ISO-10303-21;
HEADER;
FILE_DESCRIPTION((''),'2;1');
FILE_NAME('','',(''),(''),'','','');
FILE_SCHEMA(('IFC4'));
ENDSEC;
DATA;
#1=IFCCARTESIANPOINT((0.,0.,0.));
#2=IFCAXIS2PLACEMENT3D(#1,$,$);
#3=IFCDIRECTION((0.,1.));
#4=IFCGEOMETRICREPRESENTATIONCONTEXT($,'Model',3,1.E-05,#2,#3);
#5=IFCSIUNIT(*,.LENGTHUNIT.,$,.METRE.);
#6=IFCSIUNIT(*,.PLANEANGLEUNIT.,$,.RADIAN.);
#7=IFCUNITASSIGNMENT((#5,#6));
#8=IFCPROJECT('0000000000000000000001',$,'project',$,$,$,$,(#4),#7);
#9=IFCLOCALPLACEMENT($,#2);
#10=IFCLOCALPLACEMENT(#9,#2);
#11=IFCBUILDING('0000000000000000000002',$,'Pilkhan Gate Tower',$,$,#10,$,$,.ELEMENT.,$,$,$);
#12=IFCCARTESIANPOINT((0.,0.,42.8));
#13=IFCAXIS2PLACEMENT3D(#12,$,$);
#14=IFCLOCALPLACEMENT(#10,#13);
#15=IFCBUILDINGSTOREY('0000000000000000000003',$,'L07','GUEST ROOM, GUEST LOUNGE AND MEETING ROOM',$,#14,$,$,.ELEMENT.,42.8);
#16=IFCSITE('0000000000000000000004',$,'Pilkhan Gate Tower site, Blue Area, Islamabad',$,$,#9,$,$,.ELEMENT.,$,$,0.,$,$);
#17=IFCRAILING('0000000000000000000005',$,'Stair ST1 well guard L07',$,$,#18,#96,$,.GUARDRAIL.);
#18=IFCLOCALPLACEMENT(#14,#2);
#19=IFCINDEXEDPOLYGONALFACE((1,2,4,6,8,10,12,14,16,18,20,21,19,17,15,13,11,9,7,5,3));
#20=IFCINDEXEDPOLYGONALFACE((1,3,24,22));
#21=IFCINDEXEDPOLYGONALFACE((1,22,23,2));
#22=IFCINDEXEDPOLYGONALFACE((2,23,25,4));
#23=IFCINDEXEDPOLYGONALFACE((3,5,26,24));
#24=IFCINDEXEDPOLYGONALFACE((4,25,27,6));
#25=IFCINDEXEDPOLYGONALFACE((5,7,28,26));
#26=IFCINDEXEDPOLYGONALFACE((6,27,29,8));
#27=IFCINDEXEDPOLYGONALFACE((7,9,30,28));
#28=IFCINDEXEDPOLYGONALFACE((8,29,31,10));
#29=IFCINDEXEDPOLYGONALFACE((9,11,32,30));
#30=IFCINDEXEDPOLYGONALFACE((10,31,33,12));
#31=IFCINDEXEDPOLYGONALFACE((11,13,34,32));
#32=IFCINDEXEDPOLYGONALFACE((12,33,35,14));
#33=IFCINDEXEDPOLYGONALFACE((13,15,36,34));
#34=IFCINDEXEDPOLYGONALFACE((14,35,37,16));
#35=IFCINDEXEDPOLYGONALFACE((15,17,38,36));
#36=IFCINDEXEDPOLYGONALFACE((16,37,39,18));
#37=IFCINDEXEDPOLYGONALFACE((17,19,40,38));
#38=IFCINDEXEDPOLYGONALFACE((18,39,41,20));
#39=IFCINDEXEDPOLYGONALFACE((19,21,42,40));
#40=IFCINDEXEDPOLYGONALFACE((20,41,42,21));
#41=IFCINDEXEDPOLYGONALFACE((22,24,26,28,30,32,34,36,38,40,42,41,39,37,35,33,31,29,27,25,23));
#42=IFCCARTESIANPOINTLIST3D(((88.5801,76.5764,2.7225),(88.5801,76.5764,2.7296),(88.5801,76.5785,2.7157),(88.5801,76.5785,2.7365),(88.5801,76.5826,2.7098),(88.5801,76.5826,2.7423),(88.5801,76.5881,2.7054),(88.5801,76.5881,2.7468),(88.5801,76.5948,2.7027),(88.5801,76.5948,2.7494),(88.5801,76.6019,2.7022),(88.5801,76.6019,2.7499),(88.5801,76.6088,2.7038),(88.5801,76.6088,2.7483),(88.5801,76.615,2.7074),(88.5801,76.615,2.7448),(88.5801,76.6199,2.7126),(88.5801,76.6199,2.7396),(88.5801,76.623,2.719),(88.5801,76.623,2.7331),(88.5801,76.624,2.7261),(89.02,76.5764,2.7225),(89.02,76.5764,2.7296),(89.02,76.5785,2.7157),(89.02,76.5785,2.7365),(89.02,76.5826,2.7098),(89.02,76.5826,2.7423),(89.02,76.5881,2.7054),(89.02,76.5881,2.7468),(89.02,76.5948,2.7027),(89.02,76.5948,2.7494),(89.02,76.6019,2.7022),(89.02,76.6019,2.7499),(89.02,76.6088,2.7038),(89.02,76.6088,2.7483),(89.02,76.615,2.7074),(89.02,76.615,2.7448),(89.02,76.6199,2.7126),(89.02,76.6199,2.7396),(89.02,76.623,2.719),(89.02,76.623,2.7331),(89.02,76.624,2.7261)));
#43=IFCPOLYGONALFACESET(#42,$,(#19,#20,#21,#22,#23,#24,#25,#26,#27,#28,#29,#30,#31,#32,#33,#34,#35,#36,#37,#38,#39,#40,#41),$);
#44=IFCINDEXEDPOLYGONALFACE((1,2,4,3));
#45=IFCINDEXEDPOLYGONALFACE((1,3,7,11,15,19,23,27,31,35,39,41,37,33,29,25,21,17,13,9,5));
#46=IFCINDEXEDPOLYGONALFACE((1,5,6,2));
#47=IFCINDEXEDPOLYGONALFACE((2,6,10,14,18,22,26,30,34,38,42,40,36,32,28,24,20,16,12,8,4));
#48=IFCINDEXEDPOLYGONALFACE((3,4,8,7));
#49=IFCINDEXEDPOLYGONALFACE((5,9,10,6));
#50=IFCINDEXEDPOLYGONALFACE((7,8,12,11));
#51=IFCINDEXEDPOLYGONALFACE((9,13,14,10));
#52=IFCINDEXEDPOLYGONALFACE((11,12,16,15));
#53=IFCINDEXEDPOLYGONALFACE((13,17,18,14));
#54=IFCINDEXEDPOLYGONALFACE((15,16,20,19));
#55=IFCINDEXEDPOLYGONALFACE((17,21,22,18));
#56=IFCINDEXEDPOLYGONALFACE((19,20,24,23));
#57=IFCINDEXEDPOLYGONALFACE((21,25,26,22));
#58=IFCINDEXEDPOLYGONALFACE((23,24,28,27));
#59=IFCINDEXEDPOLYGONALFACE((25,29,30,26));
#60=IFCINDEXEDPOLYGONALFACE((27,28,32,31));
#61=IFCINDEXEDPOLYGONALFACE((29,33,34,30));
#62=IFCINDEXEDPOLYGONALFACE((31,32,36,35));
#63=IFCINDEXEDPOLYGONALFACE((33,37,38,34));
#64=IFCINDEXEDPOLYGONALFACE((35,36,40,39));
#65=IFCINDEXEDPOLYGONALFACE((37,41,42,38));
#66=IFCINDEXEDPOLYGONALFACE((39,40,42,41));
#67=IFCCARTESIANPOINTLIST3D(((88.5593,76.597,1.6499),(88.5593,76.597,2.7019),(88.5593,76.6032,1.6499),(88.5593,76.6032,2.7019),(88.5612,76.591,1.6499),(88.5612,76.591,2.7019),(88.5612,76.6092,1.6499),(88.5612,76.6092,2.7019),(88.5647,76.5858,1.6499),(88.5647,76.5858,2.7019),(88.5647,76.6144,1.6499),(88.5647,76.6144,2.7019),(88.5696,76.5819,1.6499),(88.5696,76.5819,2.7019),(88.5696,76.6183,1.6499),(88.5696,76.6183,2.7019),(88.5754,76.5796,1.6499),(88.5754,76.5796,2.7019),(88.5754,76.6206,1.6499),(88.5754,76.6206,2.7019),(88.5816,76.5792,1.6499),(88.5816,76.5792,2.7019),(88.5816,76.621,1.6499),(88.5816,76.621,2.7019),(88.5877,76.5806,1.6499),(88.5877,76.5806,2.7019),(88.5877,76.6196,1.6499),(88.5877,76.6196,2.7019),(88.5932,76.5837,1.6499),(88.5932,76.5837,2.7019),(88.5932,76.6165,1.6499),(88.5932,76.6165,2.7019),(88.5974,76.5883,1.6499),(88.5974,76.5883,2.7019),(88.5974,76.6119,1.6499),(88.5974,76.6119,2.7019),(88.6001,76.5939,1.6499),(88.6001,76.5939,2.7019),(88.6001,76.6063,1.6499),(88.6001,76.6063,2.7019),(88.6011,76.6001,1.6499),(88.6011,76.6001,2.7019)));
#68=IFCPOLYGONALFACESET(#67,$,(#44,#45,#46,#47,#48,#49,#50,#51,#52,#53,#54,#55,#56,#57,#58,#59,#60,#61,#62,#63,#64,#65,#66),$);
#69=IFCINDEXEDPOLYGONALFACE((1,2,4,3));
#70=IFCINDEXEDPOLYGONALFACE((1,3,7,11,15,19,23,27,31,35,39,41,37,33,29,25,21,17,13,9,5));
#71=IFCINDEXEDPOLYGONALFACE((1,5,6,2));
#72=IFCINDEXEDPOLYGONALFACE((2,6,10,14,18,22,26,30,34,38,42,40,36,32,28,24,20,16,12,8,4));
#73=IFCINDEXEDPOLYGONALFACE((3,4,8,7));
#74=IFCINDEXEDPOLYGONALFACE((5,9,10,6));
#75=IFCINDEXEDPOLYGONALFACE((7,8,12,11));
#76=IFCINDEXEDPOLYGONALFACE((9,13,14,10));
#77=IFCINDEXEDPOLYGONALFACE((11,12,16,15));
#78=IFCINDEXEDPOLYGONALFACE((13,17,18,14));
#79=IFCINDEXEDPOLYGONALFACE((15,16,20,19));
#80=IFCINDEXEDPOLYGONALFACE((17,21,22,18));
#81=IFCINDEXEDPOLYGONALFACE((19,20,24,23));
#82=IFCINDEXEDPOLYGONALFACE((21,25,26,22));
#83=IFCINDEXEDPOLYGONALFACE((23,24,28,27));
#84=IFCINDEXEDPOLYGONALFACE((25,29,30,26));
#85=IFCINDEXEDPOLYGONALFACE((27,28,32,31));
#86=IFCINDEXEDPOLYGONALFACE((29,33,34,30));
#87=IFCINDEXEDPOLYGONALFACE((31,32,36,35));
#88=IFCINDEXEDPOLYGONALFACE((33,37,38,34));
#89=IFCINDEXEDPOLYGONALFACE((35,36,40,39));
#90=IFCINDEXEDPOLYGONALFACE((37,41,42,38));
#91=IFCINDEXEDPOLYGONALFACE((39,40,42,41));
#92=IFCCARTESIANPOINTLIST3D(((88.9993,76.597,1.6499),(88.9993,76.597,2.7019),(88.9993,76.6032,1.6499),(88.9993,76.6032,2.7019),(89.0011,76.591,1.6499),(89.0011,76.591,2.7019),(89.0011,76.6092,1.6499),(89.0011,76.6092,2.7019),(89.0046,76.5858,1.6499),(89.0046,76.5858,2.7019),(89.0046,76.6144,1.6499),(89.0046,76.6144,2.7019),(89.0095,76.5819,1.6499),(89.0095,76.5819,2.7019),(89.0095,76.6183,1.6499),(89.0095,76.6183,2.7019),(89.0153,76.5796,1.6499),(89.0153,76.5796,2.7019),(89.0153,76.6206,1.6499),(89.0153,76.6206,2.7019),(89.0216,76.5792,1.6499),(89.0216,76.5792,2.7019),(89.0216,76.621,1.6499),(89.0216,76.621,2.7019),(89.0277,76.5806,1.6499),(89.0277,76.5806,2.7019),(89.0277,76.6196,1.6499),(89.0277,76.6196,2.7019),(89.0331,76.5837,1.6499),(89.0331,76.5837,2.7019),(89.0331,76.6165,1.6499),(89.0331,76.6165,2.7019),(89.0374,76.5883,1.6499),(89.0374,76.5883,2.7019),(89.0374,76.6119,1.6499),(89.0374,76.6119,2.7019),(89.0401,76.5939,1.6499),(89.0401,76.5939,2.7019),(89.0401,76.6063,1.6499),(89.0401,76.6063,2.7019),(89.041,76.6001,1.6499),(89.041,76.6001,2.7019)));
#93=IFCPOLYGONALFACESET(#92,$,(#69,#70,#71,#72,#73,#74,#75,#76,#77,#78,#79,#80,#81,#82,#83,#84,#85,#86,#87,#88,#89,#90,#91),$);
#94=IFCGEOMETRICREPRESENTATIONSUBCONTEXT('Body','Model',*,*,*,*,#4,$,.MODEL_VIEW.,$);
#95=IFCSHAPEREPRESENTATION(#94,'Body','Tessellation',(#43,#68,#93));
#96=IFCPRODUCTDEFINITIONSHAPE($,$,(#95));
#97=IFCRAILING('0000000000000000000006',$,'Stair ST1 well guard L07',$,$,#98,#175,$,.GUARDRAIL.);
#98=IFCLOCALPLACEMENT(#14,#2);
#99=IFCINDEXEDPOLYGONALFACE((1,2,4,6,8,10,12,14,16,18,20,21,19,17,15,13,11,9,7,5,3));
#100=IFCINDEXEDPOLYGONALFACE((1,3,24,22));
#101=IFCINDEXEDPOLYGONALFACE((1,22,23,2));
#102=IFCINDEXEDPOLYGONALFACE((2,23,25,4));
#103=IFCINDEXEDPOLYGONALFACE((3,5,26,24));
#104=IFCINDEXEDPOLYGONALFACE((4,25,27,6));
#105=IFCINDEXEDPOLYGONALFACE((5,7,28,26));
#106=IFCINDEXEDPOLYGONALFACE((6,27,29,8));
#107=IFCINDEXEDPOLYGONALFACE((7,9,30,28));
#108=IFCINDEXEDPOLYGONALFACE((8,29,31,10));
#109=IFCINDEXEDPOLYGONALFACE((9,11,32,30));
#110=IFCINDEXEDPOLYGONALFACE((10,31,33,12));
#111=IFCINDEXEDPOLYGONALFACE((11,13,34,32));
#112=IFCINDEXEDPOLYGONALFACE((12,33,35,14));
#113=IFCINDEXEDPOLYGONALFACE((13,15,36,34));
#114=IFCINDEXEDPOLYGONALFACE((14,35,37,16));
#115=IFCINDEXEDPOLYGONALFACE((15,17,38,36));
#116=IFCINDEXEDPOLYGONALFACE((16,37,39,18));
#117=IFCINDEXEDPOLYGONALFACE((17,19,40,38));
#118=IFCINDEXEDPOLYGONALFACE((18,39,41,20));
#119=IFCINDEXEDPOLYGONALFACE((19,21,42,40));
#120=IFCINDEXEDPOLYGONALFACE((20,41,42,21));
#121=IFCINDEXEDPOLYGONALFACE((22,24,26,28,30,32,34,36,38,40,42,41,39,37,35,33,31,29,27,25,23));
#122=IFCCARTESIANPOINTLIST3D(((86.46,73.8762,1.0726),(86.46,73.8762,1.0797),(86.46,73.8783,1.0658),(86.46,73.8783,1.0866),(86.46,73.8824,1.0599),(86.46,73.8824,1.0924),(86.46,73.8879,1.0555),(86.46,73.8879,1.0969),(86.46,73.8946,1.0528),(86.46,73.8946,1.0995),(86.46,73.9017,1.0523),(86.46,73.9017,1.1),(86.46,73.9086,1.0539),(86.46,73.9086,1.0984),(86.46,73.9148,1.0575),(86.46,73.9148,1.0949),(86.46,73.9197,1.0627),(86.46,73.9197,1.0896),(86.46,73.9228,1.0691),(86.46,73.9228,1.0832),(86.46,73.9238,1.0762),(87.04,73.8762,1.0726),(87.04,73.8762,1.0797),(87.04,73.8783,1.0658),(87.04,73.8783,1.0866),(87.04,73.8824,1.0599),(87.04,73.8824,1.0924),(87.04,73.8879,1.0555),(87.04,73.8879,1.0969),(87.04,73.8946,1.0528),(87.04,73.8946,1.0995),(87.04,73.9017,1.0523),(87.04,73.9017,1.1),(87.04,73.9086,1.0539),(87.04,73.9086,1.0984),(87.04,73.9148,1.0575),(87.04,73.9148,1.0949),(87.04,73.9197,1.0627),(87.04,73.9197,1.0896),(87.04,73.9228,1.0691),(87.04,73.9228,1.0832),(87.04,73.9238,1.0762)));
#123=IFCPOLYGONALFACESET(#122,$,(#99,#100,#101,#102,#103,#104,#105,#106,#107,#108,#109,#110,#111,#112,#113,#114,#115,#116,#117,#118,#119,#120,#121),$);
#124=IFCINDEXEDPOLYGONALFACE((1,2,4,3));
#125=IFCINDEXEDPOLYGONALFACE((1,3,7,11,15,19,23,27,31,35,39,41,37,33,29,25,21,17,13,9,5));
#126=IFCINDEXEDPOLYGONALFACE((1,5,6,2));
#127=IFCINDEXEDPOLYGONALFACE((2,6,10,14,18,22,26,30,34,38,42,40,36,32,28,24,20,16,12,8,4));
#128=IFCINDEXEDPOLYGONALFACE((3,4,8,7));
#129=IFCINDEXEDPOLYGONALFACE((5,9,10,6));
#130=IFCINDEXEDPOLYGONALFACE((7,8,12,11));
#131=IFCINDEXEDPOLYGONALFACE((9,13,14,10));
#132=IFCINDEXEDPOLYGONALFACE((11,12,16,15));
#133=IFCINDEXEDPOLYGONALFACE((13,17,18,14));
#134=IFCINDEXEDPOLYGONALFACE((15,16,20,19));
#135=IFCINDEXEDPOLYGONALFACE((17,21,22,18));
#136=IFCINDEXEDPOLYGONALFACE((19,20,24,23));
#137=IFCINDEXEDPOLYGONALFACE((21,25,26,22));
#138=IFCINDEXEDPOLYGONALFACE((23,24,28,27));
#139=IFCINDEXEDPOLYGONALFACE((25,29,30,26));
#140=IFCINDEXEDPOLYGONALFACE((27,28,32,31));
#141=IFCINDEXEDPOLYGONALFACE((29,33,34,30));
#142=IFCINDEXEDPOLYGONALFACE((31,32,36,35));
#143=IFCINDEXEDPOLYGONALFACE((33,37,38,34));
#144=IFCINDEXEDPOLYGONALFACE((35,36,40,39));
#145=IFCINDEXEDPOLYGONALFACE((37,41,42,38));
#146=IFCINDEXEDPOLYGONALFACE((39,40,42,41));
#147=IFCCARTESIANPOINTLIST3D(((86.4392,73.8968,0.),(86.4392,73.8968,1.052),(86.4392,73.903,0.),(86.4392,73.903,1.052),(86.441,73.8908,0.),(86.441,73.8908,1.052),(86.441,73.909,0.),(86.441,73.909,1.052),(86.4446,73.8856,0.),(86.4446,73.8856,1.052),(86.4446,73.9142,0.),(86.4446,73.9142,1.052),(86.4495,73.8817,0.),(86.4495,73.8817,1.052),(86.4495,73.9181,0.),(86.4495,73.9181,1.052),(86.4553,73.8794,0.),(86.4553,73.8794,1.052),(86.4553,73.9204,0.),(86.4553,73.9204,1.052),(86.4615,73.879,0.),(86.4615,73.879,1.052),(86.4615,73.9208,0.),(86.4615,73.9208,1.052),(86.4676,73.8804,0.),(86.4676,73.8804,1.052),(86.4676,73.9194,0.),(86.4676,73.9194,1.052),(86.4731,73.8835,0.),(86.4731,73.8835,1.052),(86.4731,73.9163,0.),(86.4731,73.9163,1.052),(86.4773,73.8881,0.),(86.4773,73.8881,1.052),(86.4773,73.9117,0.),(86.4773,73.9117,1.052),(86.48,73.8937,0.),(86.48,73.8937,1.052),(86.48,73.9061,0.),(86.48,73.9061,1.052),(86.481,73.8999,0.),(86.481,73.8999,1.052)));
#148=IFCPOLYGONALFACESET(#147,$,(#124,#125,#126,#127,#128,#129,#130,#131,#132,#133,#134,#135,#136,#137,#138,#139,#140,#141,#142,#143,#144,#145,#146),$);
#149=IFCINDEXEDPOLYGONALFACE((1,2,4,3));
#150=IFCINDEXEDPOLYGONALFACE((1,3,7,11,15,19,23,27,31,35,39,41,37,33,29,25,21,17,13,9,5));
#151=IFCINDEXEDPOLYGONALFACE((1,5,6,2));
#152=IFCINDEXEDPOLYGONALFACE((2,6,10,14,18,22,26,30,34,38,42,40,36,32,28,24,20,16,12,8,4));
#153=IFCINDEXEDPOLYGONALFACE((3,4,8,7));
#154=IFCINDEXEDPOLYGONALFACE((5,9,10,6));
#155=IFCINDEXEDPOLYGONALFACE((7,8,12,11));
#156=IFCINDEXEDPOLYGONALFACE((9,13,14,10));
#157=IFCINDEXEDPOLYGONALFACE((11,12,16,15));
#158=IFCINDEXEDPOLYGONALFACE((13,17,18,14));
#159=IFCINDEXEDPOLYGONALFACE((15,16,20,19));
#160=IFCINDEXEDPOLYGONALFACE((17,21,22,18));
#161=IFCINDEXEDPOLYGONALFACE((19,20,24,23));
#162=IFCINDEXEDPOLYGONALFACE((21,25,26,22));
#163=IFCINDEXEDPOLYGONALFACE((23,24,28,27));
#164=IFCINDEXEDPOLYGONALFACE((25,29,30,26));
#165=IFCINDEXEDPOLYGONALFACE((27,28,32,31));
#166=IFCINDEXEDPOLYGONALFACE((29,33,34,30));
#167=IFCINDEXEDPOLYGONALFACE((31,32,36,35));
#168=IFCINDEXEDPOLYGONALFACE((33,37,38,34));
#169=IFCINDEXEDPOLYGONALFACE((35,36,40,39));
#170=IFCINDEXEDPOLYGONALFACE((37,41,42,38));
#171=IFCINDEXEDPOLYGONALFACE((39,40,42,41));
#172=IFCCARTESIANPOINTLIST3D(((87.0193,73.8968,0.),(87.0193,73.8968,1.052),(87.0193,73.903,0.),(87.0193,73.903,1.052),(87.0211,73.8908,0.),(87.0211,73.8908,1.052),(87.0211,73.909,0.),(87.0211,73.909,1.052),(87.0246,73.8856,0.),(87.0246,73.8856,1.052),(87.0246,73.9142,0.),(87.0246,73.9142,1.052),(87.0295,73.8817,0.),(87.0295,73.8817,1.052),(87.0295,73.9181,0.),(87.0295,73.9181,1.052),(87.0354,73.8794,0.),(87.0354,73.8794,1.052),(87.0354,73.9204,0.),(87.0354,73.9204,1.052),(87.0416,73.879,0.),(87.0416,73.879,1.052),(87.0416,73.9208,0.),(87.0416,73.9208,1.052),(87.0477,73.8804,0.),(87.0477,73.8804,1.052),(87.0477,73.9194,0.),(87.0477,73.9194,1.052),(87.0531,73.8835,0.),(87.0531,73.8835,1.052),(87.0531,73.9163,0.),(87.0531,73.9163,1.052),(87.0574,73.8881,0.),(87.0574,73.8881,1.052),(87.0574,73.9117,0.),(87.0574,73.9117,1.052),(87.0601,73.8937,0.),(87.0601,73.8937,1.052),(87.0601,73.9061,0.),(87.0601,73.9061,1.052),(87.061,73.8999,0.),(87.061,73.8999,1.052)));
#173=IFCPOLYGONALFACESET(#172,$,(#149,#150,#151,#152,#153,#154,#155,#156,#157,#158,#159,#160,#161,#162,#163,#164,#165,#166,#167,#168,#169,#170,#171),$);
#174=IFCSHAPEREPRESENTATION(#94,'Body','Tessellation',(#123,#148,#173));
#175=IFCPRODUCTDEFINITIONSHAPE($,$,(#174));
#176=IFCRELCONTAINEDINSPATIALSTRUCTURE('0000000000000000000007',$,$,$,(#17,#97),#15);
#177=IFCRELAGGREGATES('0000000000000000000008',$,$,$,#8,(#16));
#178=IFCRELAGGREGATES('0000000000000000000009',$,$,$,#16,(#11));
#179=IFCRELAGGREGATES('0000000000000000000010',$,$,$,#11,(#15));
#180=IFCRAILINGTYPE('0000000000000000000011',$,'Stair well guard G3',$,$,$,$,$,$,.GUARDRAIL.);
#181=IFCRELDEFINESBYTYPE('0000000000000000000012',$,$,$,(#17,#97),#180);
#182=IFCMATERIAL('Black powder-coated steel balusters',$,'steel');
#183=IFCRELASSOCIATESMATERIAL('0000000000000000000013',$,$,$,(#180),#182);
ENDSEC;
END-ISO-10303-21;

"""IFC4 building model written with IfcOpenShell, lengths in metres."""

from ifc_helpers import new_model, si_unit, direction, frame, origin, origin_2d, place, context, subcontext, project, spatial, circle, extrude, material, type_object, element, save


model = new_model("IFC4")

# Units and contexts
model_context = context("Model", 3, precision=1e-05, world=origin(), true_north=direction((0.0, 1.0)))
body_context = subcontext(model_context, "Body", "Model", "MODEL_VIEW")
ifc_project = project(units=[si_unit("LENGTHUNIT", "METRE"), si_unit("PLANEANGLEUNIT", "RADIAN")], contexts=[model_context])

# Site, building, storey
site_placement = place(None, origin())
site = spatial("IfcSite", under=ifc_project, at=site_placement, Name="Pilkhan Gate Tower site, Blue Area, Islamabad", CompositionType="ELEMENT", RefElevation=0.0)
building_placement = place(site_placement, origin())
building = spatial("IfcBuilding", under=site, at=building_placement, Name="Pilkhan Gate Tower", CompositionType="ELEMENT")
storey_placement = place(building_placement, frame((0.0, 0.0, 42.8)))
storey = spatial("IfcBuildingStorey", under=building, at=storey_placement, Name="L07", Description="GUEST ROOM, GUEST LOUNGE AND MEETING ROOM", CompositionType="ELEMENT", Elevation=42.8)

# Railings
ifc_material_1 = material(Name="Black powder-coated steel balusters", Category="steel")
railing_type_1 = type_object("IfcRailingType", Name="Stair well guard G3", PredefinedType="GUARDRAIL", material=ifc_material_1)
railing_1_placement = place(storey_placement, frame((88.5801, 76.6001, 1.6499)))
element("IfcRailing", 1, at=railing_1_placement, inside=storey, type_object=railing_type_1, Name="Stair ST1 well guard L07", PredefinedType="GUARDRAIL", context=body_context, shape_type="SweptSolid", body=[
    extrude(circle(Radius=0.0239, at=origin_2d()), frame((0.0, 0.0, 1.0762), z_axis=(1.0, 0.0, 0.0), x_axis=(0.0, 1.0, 0.0)), (0.0, 0.0, 1.0), 0.4399),
    extrude(circle(Radius=0.021, at=origin_2d()), origin(), (0.0, 0.0, 1.0), 1.052),
    extrude(circle(Radius=0.021, at=origin_2d()), frame((0.4399, 0.0, 0.0)), (0.0, 0.0, 1.0), 1.052),
])
for number, where, name in (
    (2, (86.46, 73.8999, 0.0), "Stair ST1 well guard L07"),
):
    element("IfcRailing", number, at=place(storey_placement, frame(where)), inside=storey, type_object=railing_type_1, Name=name, PredefinedType="GUARDRAIL", context=body_context, shape_type="SweptSolid", body=[
        extrude(circle(Radius=0.0239, at=origin_2d()), frame((0.0, 0.0, 1.0762), z_axis=(1.0, 0.0, 0.0), x_axis=(0.0, 1.0, 0.0)), (0.0, 0.0, 1.0), 0.5801),
        extrude(circle(Radius=0.021, at=origin_2d()), origin(), (0.0, 0.0, 1.0), 1.052),
        extrude(circle(Radius=0.021, at=origin_2d()), frame((0.5801, 0.0, 0.0)), (0.0, 0.0, 1.0), 1.052),
    ])

save(model, "model.ifc")
